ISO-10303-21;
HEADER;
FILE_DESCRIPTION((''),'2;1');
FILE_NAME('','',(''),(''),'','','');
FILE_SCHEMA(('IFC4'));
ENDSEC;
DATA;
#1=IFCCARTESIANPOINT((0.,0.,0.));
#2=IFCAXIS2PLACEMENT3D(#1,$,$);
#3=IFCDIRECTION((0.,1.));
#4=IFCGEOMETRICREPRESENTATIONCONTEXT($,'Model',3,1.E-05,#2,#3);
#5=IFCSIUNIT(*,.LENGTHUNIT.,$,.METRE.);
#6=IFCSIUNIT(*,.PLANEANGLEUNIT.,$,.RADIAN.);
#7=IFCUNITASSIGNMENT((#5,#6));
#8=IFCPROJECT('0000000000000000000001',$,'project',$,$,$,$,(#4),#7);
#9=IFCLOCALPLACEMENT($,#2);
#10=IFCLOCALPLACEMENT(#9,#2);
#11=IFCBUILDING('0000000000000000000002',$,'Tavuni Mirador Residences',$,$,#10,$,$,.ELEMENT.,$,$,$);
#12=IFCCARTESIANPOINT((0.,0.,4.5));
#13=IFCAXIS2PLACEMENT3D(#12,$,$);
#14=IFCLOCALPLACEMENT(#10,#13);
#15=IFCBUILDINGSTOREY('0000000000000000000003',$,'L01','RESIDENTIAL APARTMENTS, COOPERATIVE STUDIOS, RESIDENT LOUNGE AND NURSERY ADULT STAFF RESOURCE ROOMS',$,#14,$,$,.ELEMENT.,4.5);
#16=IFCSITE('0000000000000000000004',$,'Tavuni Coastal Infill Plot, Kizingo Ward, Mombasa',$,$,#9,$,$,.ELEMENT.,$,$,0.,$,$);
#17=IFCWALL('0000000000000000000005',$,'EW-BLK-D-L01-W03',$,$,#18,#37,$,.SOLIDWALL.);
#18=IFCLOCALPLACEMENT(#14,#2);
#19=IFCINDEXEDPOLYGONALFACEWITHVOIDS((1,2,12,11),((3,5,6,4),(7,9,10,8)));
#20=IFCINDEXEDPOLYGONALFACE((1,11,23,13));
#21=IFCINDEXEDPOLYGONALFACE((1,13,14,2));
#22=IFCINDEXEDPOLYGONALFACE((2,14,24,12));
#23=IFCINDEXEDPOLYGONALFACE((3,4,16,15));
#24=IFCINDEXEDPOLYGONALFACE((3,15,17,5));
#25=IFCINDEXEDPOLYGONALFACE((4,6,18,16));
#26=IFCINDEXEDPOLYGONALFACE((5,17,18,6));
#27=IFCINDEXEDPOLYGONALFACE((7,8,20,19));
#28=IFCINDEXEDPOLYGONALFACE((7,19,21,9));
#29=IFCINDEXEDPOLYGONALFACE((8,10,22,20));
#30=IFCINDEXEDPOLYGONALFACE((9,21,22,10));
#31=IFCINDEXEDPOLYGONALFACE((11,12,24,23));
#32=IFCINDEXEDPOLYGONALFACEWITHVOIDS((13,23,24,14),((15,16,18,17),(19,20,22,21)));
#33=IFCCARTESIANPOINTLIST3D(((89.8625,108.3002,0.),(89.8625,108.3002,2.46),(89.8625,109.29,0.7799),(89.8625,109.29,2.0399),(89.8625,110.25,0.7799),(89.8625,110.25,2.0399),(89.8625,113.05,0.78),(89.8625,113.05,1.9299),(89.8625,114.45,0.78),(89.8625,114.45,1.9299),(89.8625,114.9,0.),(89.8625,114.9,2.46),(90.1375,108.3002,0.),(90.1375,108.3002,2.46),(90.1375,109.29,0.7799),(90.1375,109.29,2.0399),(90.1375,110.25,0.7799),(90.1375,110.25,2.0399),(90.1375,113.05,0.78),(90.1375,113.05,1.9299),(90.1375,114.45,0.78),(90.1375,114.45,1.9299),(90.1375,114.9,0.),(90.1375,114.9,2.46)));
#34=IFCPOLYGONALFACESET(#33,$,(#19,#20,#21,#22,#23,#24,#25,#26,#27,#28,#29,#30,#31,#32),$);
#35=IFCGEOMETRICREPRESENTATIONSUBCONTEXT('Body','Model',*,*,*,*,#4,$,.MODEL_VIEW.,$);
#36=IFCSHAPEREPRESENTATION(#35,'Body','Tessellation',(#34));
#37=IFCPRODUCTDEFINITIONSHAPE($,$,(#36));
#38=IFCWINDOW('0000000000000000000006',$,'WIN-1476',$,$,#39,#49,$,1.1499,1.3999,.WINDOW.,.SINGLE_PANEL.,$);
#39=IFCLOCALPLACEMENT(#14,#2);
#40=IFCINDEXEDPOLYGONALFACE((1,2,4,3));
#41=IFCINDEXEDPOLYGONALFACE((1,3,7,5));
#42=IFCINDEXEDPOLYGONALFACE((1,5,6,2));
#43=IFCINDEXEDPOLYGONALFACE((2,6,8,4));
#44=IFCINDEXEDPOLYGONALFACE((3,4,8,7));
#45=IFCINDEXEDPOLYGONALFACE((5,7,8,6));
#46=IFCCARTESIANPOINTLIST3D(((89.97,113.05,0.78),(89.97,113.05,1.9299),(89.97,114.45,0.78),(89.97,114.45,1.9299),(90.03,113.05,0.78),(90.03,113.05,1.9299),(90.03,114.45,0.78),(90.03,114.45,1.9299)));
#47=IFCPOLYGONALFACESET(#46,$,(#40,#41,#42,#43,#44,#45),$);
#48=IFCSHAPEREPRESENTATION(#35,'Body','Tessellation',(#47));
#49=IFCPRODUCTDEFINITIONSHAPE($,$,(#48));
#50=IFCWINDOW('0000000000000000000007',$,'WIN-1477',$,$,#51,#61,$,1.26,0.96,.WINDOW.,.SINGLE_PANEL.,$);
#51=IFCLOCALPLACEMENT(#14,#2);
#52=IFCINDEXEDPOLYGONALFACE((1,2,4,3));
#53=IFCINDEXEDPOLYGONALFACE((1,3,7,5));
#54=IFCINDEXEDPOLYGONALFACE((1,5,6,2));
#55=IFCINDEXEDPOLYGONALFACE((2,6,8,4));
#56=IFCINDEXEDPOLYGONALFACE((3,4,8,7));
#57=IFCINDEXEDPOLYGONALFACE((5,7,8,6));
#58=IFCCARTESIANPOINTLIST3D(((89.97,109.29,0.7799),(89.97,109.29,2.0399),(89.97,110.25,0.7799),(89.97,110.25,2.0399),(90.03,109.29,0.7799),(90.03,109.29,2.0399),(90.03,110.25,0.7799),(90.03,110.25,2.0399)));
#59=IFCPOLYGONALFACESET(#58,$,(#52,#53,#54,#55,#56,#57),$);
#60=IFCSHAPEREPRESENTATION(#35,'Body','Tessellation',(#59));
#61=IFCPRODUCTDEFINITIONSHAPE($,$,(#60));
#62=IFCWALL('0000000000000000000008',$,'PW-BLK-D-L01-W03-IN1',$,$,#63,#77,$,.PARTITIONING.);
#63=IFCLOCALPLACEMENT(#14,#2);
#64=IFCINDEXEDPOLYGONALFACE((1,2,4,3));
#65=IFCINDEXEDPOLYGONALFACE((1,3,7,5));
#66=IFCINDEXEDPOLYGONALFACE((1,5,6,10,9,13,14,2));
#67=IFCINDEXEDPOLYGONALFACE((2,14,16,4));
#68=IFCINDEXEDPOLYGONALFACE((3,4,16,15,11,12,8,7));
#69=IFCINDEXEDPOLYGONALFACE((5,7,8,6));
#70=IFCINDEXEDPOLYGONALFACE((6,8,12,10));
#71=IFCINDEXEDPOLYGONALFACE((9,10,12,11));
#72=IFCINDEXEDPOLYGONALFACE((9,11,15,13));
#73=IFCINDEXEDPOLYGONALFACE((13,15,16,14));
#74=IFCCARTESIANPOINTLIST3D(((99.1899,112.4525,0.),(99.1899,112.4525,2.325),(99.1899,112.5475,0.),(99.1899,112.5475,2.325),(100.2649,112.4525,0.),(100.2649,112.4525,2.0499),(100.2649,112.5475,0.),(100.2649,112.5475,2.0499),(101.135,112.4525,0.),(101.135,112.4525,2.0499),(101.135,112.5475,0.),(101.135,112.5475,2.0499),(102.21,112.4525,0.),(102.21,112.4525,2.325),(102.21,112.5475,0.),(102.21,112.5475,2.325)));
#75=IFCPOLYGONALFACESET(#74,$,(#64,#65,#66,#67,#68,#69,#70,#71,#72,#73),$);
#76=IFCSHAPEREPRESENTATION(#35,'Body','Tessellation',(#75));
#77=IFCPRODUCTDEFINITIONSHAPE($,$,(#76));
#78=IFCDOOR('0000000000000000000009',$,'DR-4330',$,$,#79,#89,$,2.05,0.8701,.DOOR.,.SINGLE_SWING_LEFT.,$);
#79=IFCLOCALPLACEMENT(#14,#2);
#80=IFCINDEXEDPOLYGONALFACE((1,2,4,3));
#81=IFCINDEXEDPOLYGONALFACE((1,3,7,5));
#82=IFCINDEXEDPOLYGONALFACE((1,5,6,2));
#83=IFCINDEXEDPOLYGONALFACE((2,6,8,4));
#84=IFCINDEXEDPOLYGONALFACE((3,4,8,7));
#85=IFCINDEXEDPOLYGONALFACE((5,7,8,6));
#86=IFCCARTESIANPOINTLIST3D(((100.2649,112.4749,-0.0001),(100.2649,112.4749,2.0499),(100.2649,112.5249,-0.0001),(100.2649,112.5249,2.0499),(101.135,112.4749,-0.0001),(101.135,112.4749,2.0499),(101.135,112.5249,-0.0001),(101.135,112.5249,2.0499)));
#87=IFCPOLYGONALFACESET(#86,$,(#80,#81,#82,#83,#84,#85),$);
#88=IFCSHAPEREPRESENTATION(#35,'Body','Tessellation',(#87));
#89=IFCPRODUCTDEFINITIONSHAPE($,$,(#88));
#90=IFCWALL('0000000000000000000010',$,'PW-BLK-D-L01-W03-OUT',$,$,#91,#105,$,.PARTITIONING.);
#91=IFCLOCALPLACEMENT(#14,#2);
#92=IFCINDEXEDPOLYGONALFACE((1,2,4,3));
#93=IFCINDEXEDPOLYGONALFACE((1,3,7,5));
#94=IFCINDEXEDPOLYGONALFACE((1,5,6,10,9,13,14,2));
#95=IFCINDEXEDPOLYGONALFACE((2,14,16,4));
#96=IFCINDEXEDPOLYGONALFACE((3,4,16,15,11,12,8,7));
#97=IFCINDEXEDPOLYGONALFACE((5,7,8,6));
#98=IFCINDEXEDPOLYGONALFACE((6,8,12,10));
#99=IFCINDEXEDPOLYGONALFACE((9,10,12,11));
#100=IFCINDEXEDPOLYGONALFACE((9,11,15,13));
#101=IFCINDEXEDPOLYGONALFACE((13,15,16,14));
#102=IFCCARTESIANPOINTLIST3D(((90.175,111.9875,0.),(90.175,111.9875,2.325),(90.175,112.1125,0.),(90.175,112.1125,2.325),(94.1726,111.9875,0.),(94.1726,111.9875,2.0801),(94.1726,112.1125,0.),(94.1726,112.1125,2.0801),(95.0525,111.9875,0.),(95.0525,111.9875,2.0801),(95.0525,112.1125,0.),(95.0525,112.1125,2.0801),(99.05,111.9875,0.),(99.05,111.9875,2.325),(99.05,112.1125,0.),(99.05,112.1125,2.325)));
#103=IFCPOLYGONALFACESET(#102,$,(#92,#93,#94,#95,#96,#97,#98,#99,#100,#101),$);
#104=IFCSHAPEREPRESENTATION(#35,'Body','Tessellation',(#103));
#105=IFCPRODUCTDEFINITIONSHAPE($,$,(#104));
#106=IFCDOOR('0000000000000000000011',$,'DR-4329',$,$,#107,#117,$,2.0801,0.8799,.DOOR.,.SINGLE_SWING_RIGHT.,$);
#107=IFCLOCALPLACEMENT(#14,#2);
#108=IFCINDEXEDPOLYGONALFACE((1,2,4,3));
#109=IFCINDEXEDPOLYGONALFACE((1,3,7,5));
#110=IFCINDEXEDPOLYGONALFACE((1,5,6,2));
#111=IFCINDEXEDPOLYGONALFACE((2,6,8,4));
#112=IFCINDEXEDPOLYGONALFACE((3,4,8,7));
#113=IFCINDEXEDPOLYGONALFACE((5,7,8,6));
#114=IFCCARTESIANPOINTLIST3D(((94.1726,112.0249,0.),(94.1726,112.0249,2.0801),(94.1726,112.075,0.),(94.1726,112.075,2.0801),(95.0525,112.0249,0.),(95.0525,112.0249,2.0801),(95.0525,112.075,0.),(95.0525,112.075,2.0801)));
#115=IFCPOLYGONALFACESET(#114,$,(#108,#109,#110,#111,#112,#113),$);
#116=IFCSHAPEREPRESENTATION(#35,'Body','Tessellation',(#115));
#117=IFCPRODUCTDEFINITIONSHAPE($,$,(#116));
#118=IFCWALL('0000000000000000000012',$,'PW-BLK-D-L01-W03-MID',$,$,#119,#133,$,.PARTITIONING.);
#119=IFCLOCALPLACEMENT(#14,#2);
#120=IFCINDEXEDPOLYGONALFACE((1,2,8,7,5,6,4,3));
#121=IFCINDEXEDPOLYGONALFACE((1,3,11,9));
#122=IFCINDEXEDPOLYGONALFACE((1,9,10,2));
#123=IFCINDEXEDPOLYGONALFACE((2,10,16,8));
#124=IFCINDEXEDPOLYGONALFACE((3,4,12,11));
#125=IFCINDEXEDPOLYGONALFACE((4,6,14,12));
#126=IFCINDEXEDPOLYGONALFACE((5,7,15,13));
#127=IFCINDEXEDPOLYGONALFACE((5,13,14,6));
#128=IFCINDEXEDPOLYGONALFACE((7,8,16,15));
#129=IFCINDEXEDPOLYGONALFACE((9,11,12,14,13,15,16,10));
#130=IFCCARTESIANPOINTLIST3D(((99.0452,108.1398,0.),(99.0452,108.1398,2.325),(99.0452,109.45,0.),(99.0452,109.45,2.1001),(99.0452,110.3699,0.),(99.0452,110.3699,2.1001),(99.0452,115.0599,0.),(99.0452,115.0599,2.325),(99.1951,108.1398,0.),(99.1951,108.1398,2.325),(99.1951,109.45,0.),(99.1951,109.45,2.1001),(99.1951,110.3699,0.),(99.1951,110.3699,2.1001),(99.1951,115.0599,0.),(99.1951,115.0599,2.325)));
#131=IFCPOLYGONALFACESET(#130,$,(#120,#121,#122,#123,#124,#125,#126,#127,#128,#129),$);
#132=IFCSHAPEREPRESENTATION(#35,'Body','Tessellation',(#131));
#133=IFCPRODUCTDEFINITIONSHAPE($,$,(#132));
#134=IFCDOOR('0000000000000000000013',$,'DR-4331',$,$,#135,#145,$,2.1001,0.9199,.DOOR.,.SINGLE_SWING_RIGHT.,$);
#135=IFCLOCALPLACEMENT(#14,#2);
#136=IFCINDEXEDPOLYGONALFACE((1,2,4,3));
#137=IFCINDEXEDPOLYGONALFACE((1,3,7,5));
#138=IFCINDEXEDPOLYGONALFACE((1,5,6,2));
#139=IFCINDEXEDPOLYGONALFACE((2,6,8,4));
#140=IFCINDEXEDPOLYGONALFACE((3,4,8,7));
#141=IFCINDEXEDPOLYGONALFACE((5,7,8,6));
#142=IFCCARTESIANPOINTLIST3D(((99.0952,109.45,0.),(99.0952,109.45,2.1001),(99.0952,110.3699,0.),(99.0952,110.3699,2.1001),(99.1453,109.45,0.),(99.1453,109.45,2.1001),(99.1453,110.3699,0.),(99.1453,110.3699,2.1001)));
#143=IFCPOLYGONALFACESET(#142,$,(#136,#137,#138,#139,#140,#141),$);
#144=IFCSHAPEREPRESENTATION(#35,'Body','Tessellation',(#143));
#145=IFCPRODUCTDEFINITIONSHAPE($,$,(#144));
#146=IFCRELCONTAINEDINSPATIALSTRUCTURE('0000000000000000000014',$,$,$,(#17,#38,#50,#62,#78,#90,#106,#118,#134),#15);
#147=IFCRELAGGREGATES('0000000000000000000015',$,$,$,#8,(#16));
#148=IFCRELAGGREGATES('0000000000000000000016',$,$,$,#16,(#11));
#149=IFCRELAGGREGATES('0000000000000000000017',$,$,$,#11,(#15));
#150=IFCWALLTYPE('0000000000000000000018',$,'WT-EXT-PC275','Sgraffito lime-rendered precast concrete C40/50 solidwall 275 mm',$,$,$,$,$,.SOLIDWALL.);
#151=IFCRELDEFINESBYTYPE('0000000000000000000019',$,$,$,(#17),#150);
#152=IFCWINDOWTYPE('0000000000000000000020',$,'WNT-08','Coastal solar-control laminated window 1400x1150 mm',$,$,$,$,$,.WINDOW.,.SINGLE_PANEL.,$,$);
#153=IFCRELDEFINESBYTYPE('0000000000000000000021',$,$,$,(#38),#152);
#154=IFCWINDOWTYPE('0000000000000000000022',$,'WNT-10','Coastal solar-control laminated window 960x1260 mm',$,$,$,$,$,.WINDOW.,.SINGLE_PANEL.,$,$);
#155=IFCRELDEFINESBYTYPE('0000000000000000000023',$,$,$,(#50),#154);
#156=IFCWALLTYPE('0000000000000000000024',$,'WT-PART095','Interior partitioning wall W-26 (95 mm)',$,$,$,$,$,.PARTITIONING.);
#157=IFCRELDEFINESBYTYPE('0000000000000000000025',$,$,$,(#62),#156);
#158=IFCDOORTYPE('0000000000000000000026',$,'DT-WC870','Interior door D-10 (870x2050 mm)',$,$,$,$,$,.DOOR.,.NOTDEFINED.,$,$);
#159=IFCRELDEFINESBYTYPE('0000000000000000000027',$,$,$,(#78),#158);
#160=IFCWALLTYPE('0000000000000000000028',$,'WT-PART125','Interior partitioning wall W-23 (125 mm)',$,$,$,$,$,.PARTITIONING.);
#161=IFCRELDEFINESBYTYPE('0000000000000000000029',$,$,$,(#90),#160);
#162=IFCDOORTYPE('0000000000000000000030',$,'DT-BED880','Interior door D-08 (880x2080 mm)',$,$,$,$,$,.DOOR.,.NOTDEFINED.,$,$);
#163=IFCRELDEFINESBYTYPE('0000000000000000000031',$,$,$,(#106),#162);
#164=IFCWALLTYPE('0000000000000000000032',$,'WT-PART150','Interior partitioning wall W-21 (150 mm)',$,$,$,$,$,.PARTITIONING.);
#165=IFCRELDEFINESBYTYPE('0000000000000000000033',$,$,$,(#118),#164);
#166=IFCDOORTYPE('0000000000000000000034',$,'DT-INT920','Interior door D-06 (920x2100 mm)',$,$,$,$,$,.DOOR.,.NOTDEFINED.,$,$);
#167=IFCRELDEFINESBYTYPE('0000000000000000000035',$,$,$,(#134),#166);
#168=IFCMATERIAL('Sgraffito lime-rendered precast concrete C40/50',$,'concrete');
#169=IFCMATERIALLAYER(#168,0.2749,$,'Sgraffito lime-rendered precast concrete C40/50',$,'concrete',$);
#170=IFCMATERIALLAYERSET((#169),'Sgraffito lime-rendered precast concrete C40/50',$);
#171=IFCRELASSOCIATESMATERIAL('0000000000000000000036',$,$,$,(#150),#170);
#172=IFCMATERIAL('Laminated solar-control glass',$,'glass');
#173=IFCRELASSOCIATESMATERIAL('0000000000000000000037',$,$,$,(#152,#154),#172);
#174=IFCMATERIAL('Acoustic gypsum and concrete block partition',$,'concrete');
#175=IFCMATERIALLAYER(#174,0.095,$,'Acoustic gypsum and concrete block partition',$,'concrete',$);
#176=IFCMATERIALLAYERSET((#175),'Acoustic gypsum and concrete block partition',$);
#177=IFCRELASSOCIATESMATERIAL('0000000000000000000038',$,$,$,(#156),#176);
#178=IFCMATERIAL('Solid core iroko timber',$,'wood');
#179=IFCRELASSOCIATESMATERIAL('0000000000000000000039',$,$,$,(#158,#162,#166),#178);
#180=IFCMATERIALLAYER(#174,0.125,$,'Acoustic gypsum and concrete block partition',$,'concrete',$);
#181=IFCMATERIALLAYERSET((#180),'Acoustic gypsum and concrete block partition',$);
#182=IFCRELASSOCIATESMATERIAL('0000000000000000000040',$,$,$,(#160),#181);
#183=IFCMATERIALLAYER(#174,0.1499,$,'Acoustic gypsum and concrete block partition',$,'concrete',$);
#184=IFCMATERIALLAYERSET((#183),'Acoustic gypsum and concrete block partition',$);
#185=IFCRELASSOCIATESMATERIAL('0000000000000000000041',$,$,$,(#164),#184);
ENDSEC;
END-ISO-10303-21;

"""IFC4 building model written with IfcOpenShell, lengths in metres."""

from ifc_helpers import new_model, si_unit, direction, frame, frame_2d, origin, place, context, subcontext, project, spatial, rectangle, extrude, material, layer, layer_set, type_object, element, fill, save


model = new_model("IFC4")

# Units and contexts
model_context = context("Model", 3, precision=1e-05, world=origin(), true_north=direction((0.0, 1.0)))
body_context = subcontext(model_context, "Body", "Model", "MODEL_VIEW")
ifc_project = project(units=[si_unit("LENGTHUNIT", "METRE"), si_unit("PLANEANGLEUNIT", "RADIAN")], contexts=[model_context])

# Site, building, storey
site_placement = place(None, origin())
site = spatial("IfcSite", under=ifc_project, at=site_placement, Name="Tavuni Coastal Infill Plot, Kizingo Ward, Mombasa", CompositionType="ELEMENT", RefElevation=0.0)
building_placement = place(site_placement, origin())
building = spatial("IfcBuilding", under=site, at=building_placement, Name="Tavuni Mirador Residences", CompositionType="ELEMENT")
storey_placement = place(building_placement, frame((0.0, 0.0, 4.5)))
storey = spatial("IfcBuildingStorey", under=building, at=storey_placement, Name="L01", Description="RESIDENTIAL APARTMENTS, COOPERATIVE STUDIOS, RESIDENT LOUNGE AND NURSERY ADULT STAFF RESOURCE ROOMS", CompositionType="ELEMENT", Elevation=4.5)

# Shared definitions
ifc_material_1 = material(Name="Solid core iroko timber", Category="wood")

# Wall, openings, windows
ifc_material_2 = material(Name="Sgraffito lime-rendered precast concrete C40/50", Category="concrete")
ifc_layer_1 = layer(ifc_material_2, 0.2749, Name="Sgraffito lime-rendered precast concrete C40/50", Category="concrete")
ifc_layer_set_1 = layer_set([ifc_layer_1], Name="Sgraffito lime-rendered precast concrete C40/50")
wall_type_1 = type_object("IfcWallType", Name="WT-EXT-PC275", Description="Sgraffito lime-rendered precast concrete C40/50 solidwall 275 mm", PredefinedType="SOLIDWALL", material=ifc_layer_set_1)
wall_1_placement = place(storey_placement, frame((90.0, 114.8999, 0.0), z_axis=(0.0, 0.0, 1.0), x_axis=(0.0, -1.0, 0.0)))
wall_1 = element("IfcWall", 1, at=wall_1_placement, inside=storey, type_object=wall_type_1, Name="EW-BLK-D-L01-W03", PredefinedType="SOLIDWALL", context=body_context, shape_type="SweptSolid", body=[
    extrude(rectangle(XDim=6.5999, YDim=0.2749, at=frame_2d((3.2998, 0.0))), origin(), (0.0, 0.0, 1.0), 2.46),
])
opening_1_placement = place(wall_1_placement, frame((0.45, 0.0, 0.78)))
opening_1 = element("IfcOpeningElement", 2, at=opening_1_placement, cuts=wall_1, PredefinedType="OPENING", context=body_context, shape_type="SweptSolid", body=[
    extrude(rectangle(XDim=1.3999, YDim=1.1499, at=frame_2d((0.7, 0.575))), frame((0.0, 0.1475, 0.0), z_axis=(0.0, -1.0, 0.0), x_axis=(1.0, 0.0, 0.0)), (0.0, 0.0, 1.0), 0.2949),
])
opening_2_placement = place(wall_1_placement, frame((4.6499, 0.0, 0.78)))
opening_2 = element("IfcOpeningElement", 3, at=opening_2_placement, cuts=wall_1, PredefinedType="OPENING", context=body_context, shape_type="SweptSolid", body=[
    extrude(rectangle(XDim=0.96, YDim=1.26, at=frame_2d((0.48, 0.6299))), frame((0.0, 0.1475, 0.0), z_axis=(0.0, -1.0, 0.0), x_axis=(1.0, 0.0, 0.0)), (0.0, 0.0, 1.0), 0.2949),
])
ifc_material_3 = material(Name="Laminated solar-control glass", Category="glass")
window_type_1 = type_object("IfcWindowType", Name="WNT-08", Description="Coastal solar-control laminated window 1400x1150 mm", PartitioningType="SINGLE_PANEL", PredefinedType="WINDOW", material=ifc_material_3)
window_1_placement = place(opening_1_placement, origin())
window_1 = element("IfcWindow", 4, at=window_1_placement, inside=storey, type_object=window_type_1, Name="WIN-1476", OverallHeight=1.1499, OverallWidth=1.3999, PartitioningType="SINGLE_PANEL", PredefinedType="WINDOW", context=body_context, shape_type="SweptSolid", body=[
    extrude(rectangle(XDim=1.3999, YDim=1.1499, at=frame_2d((0.7, 0.575))), frame((0.0, 0.03, 0.0), z_axis=(0.0, -1.0, 0.0), x_axis=(1.0, 0.0, 0.0)), (0.0, 0.0, 1.0), 0.0601),
])
fill(opening_1, window_1)
window_type_2 = type_object("IfcWindowType", Name="WNT-10", Description="Coastal solar-control laminated window 960x1260 mm", PartitioningType="SINGLE_PANEL", PredefinedType="WINDOW", material=ifc_material_3)
window_2_placement = place(opening_2_placement, origin())
window_2 = element("IfcWindow", 5, at=window_2_placement, inside=storey, type_object=window_type_2, Name="WIN-1477", OverallHeight=1.26, OverallWidth=0.96, PartitioningType="SINGLE_PANEL", PredefinedType="WINDOW", context=body_context, shape_type="SweptSolid", body=[
    extrude(rectangle(XDim=0.96, YDim=1.26, at=frame_2d((0.48, 0.6299))), frame((0.0, 0.03, 0.0), z_axis=(0.0, -1.0, 0.0), x_axis=(1.0, 0.0, 0.0)), (0.0, 0.0, 1.0), 0.0601),
])
fill(opening_2, window_2)

# Walls, openings, doors
ifc_material_4 = material(Name="Acoustic gypsum and concrete block partition", Category="concrete")
ifc_layer_2 = layer(ifc_material_4, 0.095, Name="Acoustic gypsum and concrete block partition", Category="concrete")
ifc_layer_set_2 = layer_set([ifc_layer_2], Name="Acoustic gypsum and concrete block partition")
wall_type_2 = type_object("IfcWallType", Name="WT-PART095", Description="Interior partitioning wall W-26 (95 mm)", PredefinedType="PARTITIONING", material=ifc_layer_set_2)
wall_2_placement = place(storey_placement, frame((99.1899, 112.5, 0.0), z_axis=(0.0, 0.0, 1.0), x_axis=(1.0, 0.0, 0.0)))
wall_2 = element("IfcWall", 6, at=wall_2_placement, inside=storey, type_object=wall_type_2, Name="PW-BLK-D-L01-W03-IN1", PredefinedType="PARTITIONING", context=body_context, shape_type="SweptSolid", body=[
    extrude(rectangle(XDim=3.02, YDim=0.095, at=frame_2d((1.51, 0.0))), origin(), (0.0, 0.0, 1.0), 2.325),
])
opening_3_placement = place(wall_2_placement, frame((1.075, 0.0, 0.0)))
opening_3 = element("IfcOpeningElement", 7, at=opening_3_placement, cuts=wall_2, PredefinedType="OPENING", context=body_context, shape_type="SweptSolid", body=[
    extrude(rectangle(XDim=0.8701, YDim=2.05, at=frame_2d((0.4351, 1.0249))), frame((0.0, 0.0576, 0.0), z_axis=(0.0, -1.0, 0.0), x_axis=(1.0, 0.0, 0.0)), (0.0, 0.0, 1.0), 0.115),
])
door_type_1 = type_object("IfcDoorType", Name="DT-WC870", Description="Interior door D-10 (870x2050 mm)", OperationType="NOTDEFINED", PredefinedType="DOOR", material=ifc_material_1)
door_1_placement = place(opening_3_placement, origin())
door_1 = element("IfcDoor", 8, at=door_1_placement, inside=storey, type_object=door_type_1, Name="DR-4330", OperationType="SINGLE_SWING_LEFT", OverallHeight=2.05, OverallWidth=0.8701, PredefinedType="DOOR", context=body_context, shape_type="SweptSolid", body=[
    extrude(rectangle(XDim=0.8701, YDim=2.05, at=frame_2d((0.4351, 1.0249))), frame((0.0, 0.0249, 0.0), z_axis=(0.0, -1.0, 0.0), x_axis=(1.0, 0.0, 0.0)), (0.0, 0.0, 1.0), 0.05),
])
fill(opening_3, door_1)
ifc_layer_3 = layer(ifc_material_4, 0.125, Name="Acoustic gypsum and concrete block partition", Category="concrete")
ifc_layer_set_3 = layer_set([ifc_layer_3], Name="Acoustic gypsum and concrete block partition")
wall_type_3 = type_object("IfcWallType", Name="WT-PART125", Description="Interior partitioning wall W-23 (125 mm)", PredefinedType="PARTITIONING", material=ifc_layer_set_3)
wall_3_placement = place(storey_placement, frame((90.175, 112.05, 0.0), z_axis=(0.0, 0.0, 1.0), x_axis=(1.0, 0.0, 0.0)))
wall_3 = element("IfcWall", 9, at=wall_3_placement, inside=storey, type_object=wall_type_3, Name="PW-BLK-D-L01-W03-OUT", PredefinedType="PARTITIONING", context=body_context, shape_type="SweptSolid", body=[
    extrude(rectangle(XDim=8.875, YDim=0.125, at=frame_2d((4.4375, 0.0))), origin(), (0.0, 0.0, 1.0), 2.325),
])
opening_4_placement = place(wall_3_placement, frame((3.9976, 0.0, 0.0)))
opening_4 = element("IfcOpeningElement", 10, at=opening_4_placement, cuts=wall_3, PredefinedType="OPENING", context=body_context, shape_type="SweptSolid", body=[
    extrude(rectangle(XDim=0.8799, YDim=2.0801, at=frame_2d((0.4399, 1.04))), frame((0.0, 0.0725, 0.0), z_axis=(0.0, -1.0, 0.0), x_axis=(1.0, 0.0, 0.0)), (0.0, 0.0, 1.0), 0.145),
])
door_type_2 = type_object("IfcDoorType", Name="DT-BED880", Description="Interior door D-08 (880x2080 mm)", OperationType="NOTDEFINED", PredefinedType="DOOR", material=ifc_material_1)
door_2_placement = place(opening_4_placement, origin())
door_2 = element("IfcDoor", 11, at=door_2_placement, inside=storey, type_object=door_type_2, Name="DR-4329", OperationType="SINGLE_SWING_RIGHT", OverallHeight=2.0801, OverallWidth=0.8799, PredefinedType="DOOR", context=body_context, shape_type="SweptSolid", body=[
    extrude(rectangle(XDim=0.8799, YDim=2.0801, at=frame_2d((0.4399, 1.04))), frame((0.0, 0.0249, 0.0), z_axis=(0.0, -1.0, 0.0), x_axis=(1.0, 0.0, 0.0)), (0.0, 0.0, 1.0), 0.05),
])
fill(opening_4, door_2)
ifc_layer_4 = layer(ifc_material_4, 0.1499, Name="Acoustic gypsum and concrete block partition", Category="concrete")
ifc_layer_set_4 = layer_set([ifc_layer_4], Name="Acoustic gypsum and concrete block partition")
wall_type_4 = type_object("IfcWallType", Name="WT-PART150", Description="Interior partitioning wall W-21 (150 mm)", PredefinedType="PARTITIONING", material=ifc_layer_set_4)
wall_4_placement = place(storey_placement, frame((99.1201, 108.1399, 0.0), z_axis=(0.0, 0.0, 1.0), x_axis=(0.0, 1.0, 0.0)))
wall_4 = element("IfcWall", 12, at=wall_4_placement, inside=storey, type_object=wall_type_4, Name="PW-BLK-D-L01-W03-MID", PredefinedType="PARTITIONING", context=body_context, shape_type="SweptSolid", body=[
    extrude(rectangle(XDim=6.9202, YDim=0.1499, at=frame_2d((3.46, 0.0))), origin(), (0.0, 0.0, 1.0), 2.325),
])
opening_5_placement = place(wall_4_placement, frame((1.3101, 0.0, 0.0)))
opening_5 = element("IfcOpeningElement", 13, at=opening_5_placement, cuts=wall_4, PredefinedType="OPENING", context=body_context, shape_type="SweptSolid", body=[
    extrude(rectangle(XDim=0.9199, YDim=2.1001, at=frame_2d((0.46, 1.05))), frame((0.0, 0.085, 0.0), z_axis=(0.0, -1.0, 0.0), x_axis=(1.0, 0.0, 0.0)), (0.0, 0.0, 1.0), 0.1699),
])
door_type_3 = type_object("IfcDoorType", Name="DT-INT920", Description="Interior door D-06 (920x2100 mm)", OperationType="NOTDEFINED", PredefinedType="DOOR", material=ifc_material_1)
door_3_placement = place(opening_5_placement, origin())
door_3 = element("IfcDoor", 14, at=door_3_placement, inside=storey, type_object=door_type_3, Name="DR-4331", OperationType="SINGLE_SWING_RIGHT", OverallHeight=2.1001, OverallWidth=0.9199, PredefinedType="DOOR", context=body_context, shape_type="SweptSolid", body=[
    extrude(rectangle(XDim=0.9199, YDim=2.1001, at=frame_2d((0.46, 1.05))), frame((0.0, 0.0249, 0.0), z_axis=(0.0, -1.0, 0.0), x_axis=(1.0, 0.0, 0.0)), (0.0, 0.0, 1.0), 0.05),
])
fill(opening_5, door_3)

save(model, "model.ifc")
